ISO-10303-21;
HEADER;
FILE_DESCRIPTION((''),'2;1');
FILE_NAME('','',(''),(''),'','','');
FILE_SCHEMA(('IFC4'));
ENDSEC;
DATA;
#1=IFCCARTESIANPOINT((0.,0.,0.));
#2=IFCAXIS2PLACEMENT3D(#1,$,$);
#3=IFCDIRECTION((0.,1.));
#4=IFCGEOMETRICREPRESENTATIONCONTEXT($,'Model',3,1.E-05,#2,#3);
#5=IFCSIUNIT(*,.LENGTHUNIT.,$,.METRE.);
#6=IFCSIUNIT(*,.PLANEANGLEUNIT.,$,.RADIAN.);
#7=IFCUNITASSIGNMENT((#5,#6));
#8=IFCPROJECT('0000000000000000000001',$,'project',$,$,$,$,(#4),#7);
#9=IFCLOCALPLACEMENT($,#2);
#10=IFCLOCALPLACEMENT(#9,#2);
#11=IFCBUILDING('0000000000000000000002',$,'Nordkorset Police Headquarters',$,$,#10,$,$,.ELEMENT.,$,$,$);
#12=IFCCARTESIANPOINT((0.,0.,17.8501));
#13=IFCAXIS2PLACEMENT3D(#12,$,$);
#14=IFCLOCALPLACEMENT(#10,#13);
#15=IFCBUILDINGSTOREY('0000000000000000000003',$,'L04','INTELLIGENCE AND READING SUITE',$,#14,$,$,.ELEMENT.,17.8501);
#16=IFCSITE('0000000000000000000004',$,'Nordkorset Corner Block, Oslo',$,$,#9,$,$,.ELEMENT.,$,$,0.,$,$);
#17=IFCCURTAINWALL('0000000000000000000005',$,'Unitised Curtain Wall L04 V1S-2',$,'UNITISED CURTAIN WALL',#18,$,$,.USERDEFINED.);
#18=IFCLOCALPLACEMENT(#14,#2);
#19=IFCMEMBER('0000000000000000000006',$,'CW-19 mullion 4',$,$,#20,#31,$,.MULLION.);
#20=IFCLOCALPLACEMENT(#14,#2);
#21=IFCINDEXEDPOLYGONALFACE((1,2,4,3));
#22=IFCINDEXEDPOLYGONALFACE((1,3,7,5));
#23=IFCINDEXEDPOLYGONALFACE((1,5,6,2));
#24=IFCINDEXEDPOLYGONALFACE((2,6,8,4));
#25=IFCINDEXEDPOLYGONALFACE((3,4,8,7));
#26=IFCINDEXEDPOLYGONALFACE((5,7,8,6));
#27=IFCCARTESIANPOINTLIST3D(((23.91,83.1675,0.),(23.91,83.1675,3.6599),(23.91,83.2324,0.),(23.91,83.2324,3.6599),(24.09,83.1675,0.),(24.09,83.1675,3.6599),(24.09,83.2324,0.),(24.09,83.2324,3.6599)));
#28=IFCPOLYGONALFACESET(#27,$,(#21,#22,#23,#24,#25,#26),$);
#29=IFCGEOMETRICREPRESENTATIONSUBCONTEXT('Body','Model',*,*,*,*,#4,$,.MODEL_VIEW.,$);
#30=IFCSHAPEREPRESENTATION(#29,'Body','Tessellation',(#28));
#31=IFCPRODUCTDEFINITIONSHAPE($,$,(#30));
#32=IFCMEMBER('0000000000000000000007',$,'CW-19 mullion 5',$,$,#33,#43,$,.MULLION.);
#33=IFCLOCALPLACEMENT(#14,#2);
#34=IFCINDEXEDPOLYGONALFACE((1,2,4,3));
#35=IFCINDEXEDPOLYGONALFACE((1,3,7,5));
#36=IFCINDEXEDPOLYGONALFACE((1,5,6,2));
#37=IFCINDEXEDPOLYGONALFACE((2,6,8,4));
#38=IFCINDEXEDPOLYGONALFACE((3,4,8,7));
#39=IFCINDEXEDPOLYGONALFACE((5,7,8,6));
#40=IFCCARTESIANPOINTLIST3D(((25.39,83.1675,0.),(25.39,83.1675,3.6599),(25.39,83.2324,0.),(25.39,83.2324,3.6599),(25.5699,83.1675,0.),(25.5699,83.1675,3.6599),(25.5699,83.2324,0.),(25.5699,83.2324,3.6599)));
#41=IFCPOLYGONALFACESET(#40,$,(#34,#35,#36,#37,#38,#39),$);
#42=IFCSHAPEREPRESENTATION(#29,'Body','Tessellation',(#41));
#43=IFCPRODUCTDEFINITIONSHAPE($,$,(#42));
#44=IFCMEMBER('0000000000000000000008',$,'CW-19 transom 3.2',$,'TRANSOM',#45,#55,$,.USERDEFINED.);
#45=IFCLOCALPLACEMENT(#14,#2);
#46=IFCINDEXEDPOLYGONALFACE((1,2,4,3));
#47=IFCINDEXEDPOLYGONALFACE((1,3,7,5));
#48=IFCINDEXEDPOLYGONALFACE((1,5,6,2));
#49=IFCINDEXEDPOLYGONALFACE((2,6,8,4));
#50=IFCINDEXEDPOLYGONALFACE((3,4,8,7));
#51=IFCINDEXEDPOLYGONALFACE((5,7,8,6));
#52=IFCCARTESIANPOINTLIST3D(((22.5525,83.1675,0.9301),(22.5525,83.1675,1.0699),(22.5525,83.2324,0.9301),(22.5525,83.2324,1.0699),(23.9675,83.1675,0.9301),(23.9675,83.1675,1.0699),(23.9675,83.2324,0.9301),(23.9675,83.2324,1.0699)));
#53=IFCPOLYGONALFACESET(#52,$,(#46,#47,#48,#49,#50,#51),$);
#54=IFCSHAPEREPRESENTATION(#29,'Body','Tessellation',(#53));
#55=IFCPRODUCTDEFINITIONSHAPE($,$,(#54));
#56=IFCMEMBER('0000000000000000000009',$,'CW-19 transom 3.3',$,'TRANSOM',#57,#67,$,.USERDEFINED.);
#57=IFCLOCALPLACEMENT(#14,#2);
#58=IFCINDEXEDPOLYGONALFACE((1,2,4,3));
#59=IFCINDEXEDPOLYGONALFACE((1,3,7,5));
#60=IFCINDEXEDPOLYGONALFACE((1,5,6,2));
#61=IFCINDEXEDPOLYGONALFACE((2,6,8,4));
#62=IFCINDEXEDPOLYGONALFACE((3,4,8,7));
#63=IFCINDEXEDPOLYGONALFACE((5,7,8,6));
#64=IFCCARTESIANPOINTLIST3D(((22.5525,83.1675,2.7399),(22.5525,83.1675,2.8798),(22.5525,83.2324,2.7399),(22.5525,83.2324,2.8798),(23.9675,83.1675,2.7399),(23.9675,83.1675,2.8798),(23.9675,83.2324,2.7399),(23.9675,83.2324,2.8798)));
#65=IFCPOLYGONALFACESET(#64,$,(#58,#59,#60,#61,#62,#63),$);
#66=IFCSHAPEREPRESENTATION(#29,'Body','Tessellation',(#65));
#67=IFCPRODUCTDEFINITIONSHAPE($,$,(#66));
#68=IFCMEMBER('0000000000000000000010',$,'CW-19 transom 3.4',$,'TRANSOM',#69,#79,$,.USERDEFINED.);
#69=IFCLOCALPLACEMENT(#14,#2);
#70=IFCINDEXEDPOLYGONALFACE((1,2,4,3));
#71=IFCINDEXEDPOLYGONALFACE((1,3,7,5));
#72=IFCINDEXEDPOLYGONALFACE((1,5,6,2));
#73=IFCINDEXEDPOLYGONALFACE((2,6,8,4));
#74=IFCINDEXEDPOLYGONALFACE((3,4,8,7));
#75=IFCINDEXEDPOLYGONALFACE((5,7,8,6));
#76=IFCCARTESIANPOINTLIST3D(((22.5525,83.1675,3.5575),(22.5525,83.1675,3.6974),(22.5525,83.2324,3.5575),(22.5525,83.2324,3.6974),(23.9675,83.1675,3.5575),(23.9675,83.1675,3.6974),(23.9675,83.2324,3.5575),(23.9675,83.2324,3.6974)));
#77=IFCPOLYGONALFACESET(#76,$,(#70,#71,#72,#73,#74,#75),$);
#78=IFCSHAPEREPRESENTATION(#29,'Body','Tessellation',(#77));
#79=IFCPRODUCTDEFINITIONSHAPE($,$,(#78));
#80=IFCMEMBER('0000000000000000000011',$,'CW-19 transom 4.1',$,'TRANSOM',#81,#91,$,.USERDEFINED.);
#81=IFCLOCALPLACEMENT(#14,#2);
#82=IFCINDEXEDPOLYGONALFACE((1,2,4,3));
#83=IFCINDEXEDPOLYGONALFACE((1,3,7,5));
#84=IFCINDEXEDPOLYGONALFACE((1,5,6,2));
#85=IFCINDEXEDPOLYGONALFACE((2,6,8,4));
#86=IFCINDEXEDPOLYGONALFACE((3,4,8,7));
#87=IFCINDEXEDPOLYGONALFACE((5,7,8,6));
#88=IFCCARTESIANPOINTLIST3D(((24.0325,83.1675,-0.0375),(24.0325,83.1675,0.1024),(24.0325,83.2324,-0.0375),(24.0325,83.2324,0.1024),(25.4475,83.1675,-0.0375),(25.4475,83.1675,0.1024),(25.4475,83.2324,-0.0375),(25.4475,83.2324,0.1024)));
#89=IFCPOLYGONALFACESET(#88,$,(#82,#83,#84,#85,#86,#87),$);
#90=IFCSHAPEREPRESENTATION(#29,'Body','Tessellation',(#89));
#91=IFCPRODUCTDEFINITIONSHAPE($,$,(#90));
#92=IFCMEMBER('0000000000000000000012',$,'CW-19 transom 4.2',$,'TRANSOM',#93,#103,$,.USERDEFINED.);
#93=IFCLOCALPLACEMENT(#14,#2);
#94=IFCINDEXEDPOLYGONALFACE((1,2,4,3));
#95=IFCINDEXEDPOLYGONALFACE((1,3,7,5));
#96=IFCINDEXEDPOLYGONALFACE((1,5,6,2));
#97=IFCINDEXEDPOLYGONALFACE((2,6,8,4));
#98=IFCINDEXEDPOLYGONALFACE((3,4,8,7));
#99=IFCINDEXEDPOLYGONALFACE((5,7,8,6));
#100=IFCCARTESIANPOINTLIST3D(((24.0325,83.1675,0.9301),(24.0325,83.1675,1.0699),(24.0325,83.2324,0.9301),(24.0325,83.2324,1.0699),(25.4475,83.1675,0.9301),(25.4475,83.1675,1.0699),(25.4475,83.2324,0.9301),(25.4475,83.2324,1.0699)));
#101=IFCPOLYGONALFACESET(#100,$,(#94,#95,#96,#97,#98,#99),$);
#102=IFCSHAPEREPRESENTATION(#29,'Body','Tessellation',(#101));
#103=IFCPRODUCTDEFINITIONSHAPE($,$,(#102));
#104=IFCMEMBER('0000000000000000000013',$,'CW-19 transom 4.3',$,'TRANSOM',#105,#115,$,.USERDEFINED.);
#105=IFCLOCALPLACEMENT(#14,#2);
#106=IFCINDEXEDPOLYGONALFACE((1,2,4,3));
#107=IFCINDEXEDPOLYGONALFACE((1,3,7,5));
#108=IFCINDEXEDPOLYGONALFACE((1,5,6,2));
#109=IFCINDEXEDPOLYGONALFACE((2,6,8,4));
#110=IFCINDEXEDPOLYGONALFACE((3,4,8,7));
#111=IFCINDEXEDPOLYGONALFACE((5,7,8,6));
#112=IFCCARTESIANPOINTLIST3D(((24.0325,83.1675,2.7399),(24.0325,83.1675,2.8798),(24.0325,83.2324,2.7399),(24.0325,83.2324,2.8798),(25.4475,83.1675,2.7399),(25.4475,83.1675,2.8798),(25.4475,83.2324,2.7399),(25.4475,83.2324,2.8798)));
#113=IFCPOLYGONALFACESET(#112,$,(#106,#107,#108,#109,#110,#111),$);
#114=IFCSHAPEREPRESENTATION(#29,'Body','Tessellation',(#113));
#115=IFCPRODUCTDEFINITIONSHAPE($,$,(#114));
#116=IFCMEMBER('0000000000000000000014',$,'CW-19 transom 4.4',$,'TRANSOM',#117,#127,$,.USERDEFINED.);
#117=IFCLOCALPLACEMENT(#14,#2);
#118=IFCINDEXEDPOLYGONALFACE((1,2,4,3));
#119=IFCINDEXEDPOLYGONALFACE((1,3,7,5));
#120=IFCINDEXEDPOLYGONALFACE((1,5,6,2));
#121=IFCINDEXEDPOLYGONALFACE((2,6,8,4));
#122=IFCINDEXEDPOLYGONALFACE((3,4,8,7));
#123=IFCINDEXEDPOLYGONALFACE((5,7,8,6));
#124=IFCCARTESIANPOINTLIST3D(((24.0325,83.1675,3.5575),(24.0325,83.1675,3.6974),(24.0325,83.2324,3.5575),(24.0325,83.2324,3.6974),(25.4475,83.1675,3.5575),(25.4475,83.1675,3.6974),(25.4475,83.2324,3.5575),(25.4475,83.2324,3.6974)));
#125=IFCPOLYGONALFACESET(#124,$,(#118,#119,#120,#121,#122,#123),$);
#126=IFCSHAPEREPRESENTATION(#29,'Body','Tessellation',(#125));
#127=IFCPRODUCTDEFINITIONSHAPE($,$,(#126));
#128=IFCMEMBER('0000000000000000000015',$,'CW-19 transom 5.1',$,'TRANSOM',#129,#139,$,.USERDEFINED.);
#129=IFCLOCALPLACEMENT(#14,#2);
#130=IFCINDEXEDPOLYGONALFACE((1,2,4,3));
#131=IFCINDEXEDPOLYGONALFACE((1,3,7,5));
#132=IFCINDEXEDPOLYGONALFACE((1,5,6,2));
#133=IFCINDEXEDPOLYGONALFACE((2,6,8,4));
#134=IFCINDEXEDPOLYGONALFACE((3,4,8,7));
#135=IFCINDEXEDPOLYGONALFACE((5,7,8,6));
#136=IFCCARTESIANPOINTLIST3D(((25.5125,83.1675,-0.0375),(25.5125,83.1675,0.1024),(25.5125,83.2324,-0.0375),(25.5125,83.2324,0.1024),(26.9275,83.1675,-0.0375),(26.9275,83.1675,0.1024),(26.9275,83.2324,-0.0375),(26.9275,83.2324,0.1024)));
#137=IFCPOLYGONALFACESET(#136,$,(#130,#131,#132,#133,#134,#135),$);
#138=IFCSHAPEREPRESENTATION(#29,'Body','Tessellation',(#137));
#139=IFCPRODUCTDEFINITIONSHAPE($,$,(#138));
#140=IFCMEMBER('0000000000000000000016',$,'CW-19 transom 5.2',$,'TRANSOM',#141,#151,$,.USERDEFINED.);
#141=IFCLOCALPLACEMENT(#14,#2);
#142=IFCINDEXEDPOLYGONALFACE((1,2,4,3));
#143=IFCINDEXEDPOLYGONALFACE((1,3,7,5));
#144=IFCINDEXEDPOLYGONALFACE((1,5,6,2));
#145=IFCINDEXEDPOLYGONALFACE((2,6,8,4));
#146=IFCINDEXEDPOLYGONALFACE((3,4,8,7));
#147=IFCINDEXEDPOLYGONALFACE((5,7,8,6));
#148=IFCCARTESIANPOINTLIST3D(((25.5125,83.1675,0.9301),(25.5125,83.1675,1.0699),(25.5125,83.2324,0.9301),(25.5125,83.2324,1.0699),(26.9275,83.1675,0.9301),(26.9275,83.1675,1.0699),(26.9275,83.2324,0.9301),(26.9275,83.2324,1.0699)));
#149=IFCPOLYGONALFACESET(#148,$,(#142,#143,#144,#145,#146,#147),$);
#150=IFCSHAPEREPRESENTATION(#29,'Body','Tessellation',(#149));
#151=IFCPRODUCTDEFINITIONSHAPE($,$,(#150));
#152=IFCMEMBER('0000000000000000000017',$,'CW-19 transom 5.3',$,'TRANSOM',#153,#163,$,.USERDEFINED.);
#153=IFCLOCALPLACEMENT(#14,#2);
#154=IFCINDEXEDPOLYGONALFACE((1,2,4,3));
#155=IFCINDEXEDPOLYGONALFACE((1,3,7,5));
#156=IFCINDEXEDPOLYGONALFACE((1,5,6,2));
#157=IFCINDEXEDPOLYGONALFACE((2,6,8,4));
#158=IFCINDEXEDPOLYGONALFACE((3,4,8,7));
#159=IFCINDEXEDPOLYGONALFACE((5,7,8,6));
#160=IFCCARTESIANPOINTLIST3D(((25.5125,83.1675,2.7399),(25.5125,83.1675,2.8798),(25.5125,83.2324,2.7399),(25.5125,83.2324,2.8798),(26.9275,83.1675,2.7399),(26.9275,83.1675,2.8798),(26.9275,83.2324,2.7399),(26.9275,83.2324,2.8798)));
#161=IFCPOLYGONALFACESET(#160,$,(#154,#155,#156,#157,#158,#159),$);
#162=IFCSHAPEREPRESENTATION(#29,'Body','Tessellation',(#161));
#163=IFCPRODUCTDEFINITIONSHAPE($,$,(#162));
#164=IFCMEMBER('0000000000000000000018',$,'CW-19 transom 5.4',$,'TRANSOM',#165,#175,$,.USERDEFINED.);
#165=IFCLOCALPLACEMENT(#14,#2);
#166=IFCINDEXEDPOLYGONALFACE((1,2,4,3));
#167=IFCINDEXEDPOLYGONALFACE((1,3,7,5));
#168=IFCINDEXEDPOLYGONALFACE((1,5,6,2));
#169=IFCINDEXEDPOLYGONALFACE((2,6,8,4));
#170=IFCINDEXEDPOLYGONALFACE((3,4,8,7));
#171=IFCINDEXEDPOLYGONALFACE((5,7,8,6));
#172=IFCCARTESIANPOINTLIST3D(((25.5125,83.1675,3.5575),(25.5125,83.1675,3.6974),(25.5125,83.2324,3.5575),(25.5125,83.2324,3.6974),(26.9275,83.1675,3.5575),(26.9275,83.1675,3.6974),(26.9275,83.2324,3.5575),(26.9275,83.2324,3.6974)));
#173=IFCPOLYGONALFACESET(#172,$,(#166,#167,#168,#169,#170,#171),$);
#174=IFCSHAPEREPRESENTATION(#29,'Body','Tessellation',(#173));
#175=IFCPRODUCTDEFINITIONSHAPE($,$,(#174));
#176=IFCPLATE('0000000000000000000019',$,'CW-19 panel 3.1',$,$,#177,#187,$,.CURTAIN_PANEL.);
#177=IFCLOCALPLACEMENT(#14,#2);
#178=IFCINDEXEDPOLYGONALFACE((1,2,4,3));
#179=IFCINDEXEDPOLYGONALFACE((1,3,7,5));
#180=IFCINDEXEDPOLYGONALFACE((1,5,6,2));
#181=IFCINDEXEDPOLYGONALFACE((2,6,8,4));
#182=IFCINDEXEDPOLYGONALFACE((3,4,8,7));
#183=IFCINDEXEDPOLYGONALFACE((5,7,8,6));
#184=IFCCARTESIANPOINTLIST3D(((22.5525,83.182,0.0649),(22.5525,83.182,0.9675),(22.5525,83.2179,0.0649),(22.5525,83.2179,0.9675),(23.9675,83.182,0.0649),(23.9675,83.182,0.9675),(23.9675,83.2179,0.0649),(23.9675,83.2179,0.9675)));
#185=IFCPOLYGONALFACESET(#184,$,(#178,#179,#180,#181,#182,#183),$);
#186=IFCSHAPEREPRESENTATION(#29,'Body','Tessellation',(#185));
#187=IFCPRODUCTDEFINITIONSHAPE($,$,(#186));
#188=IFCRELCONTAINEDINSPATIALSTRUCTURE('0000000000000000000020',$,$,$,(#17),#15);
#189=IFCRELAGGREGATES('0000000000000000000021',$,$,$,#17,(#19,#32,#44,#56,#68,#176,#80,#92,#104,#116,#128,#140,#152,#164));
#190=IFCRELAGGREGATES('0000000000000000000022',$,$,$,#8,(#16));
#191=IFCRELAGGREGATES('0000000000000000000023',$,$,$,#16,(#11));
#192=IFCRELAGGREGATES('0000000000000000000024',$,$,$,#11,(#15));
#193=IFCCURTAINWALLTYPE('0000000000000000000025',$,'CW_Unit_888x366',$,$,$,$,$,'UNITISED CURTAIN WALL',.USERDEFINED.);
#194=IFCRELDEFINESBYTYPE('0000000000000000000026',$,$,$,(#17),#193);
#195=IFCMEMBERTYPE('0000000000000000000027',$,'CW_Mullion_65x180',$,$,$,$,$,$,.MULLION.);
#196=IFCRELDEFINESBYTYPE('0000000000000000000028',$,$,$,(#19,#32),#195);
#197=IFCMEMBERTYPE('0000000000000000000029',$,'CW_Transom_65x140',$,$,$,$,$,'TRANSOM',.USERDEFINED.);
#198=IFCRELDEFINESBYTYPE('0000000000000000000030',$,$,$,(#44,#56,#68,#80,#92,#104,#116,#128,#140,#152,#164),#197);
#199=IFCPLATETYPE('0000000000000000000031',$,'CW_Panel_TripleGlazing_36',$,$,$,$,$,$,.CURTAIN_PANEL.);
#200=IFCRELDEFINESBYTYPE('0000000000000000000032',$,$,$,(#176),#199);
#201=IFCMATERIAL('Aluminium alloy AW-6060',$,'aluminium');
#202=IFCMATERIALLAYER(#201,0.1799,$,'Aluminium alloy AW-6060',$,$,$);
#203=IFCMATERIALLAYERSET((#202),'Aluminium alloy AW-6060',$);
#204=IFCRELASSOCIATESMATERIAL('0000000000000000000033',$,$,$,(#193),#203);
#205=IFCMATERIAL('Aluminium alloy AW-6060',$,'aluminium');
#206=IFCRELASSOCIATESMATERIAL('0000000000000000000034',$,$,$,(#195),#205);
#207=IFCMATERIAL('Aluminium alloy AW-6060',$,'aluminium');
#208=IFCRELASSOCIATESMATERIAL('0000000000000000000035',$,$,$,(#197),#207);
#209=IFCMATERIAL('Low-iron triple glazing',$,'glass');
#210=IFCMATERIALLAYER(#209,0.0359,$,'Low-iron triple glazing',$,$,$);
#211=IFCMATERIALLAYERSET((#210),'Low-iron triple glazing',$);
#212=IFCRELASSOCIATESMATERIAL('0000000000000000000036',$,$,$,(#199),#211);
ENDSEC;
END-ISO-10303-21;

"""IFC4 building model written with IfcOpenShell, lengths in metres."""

from ifc_helpers import new_model, si_unit, direction, frame, origin, origin_2d, place, context, subcontext, project, spatial, rectangle, extrude, material, layer, layer_set, material_profile, profile_set, type_object, element, aggregate, save


model = new_model("IFC4")

# Units and contexts
model_context = context("Model", 3, precision=1e-05, world=origin(), true_north=direction((0.0, 1.0)))
body_context = subcontext(model_context, "Body", "Model", "MODEL_VIEW")
ifc_project = project(units=[si_unit("LENGTHUNIT", "METRE"), si_unit("PLANEANGLEUNIT", "RADIAN")], contexts=[model_context])

# Site, building, storey
site_placement = place(None, origin())
site = spatial("IfcSite", under=ifc_project, at=site_placement, Name="Nordkorset Corner Block, Oslo", CompositionType="ELEMENT", RefElevation=0.0)
building_placement = place(site_placement, origin())
building = spatial("IfcBuilding", under=site, at=building_placement, Name="Nordkorset Police Headquarters", CompositionType="ELEMENT")
storey_placement = place(building_placement, frame((0.0, 0.0, 17.8501)))
storey = spatial("IfcBuildingStorey", under=building, at=storey_placement, Name="L04", Description="INTELLIGENCE AND READING SUITE", CompositionType="ELEMENT", Elevation=17.8501)

# Curtain wall, members, plate
ifc_material_1 = material(Name="Aluminium alloy AW-6060", Category="aluminium")
ifc_layer_1 = layer(ifc_material_1, 0.1799, Name="Aluminium alloy AW-6060")
ifc_layer_set_1 = layer_set([ifc_layer_1], Name="Aluminium alloy AW-6060")
curtain_wall_type = type_object("IfcCurtainWallType", Name="CW_Unit_888x366", ElementType="UNITISED CURTAIN WALL", PredefinedType="USERDEFINED", material=ifc_layer_set_1)
curtain_wall_placement = place(storey_placement, origin())
curtain_wall = element("IfcCurtainWall", 1, at=curtain_wall_placement, inside=storey, type_object=curtain_wall_type, Name="Unitised Curtain Wall L04 V1S-2", ObjectType="UNITISED CURTAIN WALL", PredefinedType="USERDEFINED")
ifc_material_2 = material(Name="Aluminium alloy AW-6060", Category="aluminium")
ifc_material_profile_1 = material_profile(ifc_material_2, rectangle(XDim=0.0649, YDim=0.1799, at=origin_2d()), Name="ALU MULL 65x180")
ifc_profile_set_1 = profile_set([ifc_material_profile_1], Name="Aluminium alloy AW-6060")
member_type_1 = type_object("IfcMemberType", Name="CW_Mullion_65x180", PredefinedType="MULLION", material=ifc_profile_set_1)
member_1_placement = place(storey_placement, frame((24.0, 83.2, 0.0), z_axis=(0.0, 0.0, 1.0), x_axis=(0.0, 1.0, 0.0)))
member_1 = element("IfcMember", 2, at=member_1_placement, type_object=member_type_1, Name="CW-19 mullion 4", PredefinedType="MULLION", context=body_context, shape_type="SweptSolid", body=[
    extrude(rectangle(XDim=0.0649, YDim=0.1799, at=origin_2d()), origin(), (0.0, 0.0, 1.0), 3.6599),
])
member_2_placement = place(storey_placement, frame((25.48, 83.2, 0.0), z_axis=(0.0, 0.0, 1.0), x_axis=(0.0, 1.0, 0.0)))
member_2 = element("IfcMember", 3, at=member_2_placement, type_object=member_type_1, Name="CW-19 mullion 5", PredefinedType="MULLION", context=body_context, shape_type="SweptSolid", body=[
    extrude(rectangle(XDim=0.0649, YDim=0.1799, at=origin_2d()), origin(), (0.0, 0.0, 1.0), 3.6599),
])
ifc_material_3 = material(Name="Aluminium alloy AW-6060", Category="aluminium")
ifc_material_profile_2 = material_profile(ifc_material_3, rectangle(XDim=0.0649, YDim=0.1399, at=origin_2d()), Name="ALU TRAN 65x140")
ifc_profile_set_2 = profile_set([ifc_material_profile_2], Name="Aluminium alloy AW-6060")
member_type_2 = type_object("IfcMemberType", Name="CW_Transom_65x140", ElementType="TRANSOM", PredefinedType="USERDEFINED", material=ifc_profile_set_2)
member_3_placement = place(storey_placement, frame((22.5525, 83.2, 1.0), z_axis=(1.0, 0.0, 0.0), x_axis=(0.0, 1.0, 0.0)))
member_3 = element("IfcMember", 4, at=member_3_placement, type_object=member_type_2, Name="CW-19 transom 3.2", ObjectType="TRANSOM", PredefinedType="USERDEFINED", context=body_context, shape_type="SweptSolid", body=[
    extrude(rectangle(XDim=0.0649, YDim=0.1399, at=origin_2d()), origin(), (0.0, 0.0, 1.0), 1.415),
])
member_4_placement = place(storey_placement, frame((22.5525, 83.2, 2.8098), z_axis=(1.0, 0.0, 0.0), x_axis=(0.0, 1.0, 0.0)))
member_4 = element("IfcMember", 5, at=member_4_placement, type_object=member_type_2, Name="CW-19 transom 3.3", ObjectType="TRANSOM", PredefinedType="USERDEFINED", context=body_context, shape_type="SweptSolid", body=[
    extrude(rectangle(XDim=0.0649, YDim=0.1399, at=origin_2d()), origin(), (0.0, 0.0, 1.0), 1.415),
])
member_5_placement = place(storey_placement, frame((22.5525, 83.2, 3.6274), z_axis=(1.0, 0.0, 0.0), x_axis=(0.0, 1.0, 0.0)))
member_5 = element("IfcMember", 6, at=member_5_placement, type_object=member_type_2, Name="CW-19 transom 3.4", ObjectType="TRANSOM", PredefinedType="USERDEFINED", context=body_context, shape_type="SweptSolid", body=[
    extrude(rectangle(XDim=0.0649, YDim=0.1399, at=origin_2d()), origin(), (0.0, 0.0, 1.0), 1.415),
])
member_6_placement = place(storey_placement, frame((24.0325, 83.2, 0.0325), z_axis=(1.0, 0.0, 0.0), x_axis=(0.0, 1.0, 0.0)))
member_6 = element("IfcMember", 7, at=member_6_placement, type_object=member_type_2, Name="CW-19 transom 4.1", ObjectType="TRANSOM", PredefinedType="USERDEFINED", context=body_context, shape_type="SweptSolid", body=[
    extrude(rectangle(XDim=0.0649, YDim=0.1399, at=origin_2d()), origin(), (0.0, 0.0, 1.0), 1.415),
])
member_7_placement = place(storey_placement, frame((24.0325, 83.2, 1.0), z_axis=(1.0, 0.0, 0.0), x_axis=(0.0, 1.0, 0.0)))
member_7 = element("IfcMember", 8, at=member_7_placement, type_object=member_type_2, Name="CW-19 transom 4.2", ObjectType="TRANSOM", PredefinedType="USERDEFINED", context=body_context, shape_type="SweptSolid", body=[
    extrude(rectangle(XDim=0.0649, YDim=0.1399, at=origin_2d()), origin(), (0.0, 0.0, 1.0), 1.415),
])
member_8_placement = place(storey_placement, frame((24.0325, 83.2, 2.8098), z_axis=(1.0, 0.0, 0.0), x_axis=(0.0, 1.0, 0.0)))
member_8 = element("IfcMember", 9, at=member_8_placement, type_object=member_type_2, Name="CW-19 transom 4.3", ObjectType="TRANSOM", PredefinedType="USERDEFINED", context=body_context, shape_type="SweptSolid", body=[
    extrude(rectangle(XDim=0.0649, YDim=0.1399, at=origin_2d()), origin(), (0.0, 0.0, 1.0), 1.415),
])
member_9_placement = place(storey_placement, frame((24.0325, 83.2, 3.6274), z_axis=(1.0, 0.0, 0.0), x_axis=(0.0, 1.0, 0.0)))
member_9 = element("IfcMember", 10, at=member_9_placement, type_object=member_type_2, Name="CW-19 transom 4.4", ObjectType="TRANSOM", PredefinedType="USERDEFINED", context=body_context, shape_type="SweptSolid", body=[
    extrude(rectangle(XDim=0.0649, YDim=0.1399, at=origin_2d()), origin(), (0.0, 0.0, 1.0), 1.415),
])
member_10_placement = place(storey_placement, frame((25.5125, 83.2, 0.0325), z_axis=(1.0, 0.0, 0.0), x_axis=(0.0, 1.0, 0.0)))
member_10 = element("IfcMember", 11, at=member_10_placement, type_object=member_type_2, Name="CW-19 transom 5.1", ObjectType="TRANSOM", PredefinedType="USERDEFINED", context=body_context, shape_type="SweptSolid", body=[
    extrude(rectangle(XDim=0.0649, YDim=0.1399, at=origin_2d()), origin(), (0.0, 0.0, 1.0), 1.415),
])
member_11_placement = place(storey_placement, frame((25.5125, 83.2, 1.0), z_axis=(1.0, 0.0, 0.0), x_axis=(0.0, 1.0, 0.0)))
member_11 = element("IfcMember", 12, at=member_11_placement, type_object=member_type_2, Name="CW-19 transom 5.2", ObjectType="TRANSOM", PredefinedType="USERDEFINED", context=body_context, shape_type="SweptSolid", body=[
    extrude(rectangle(XDim=0.0649, YDim=0.1399, at=origin_2d()), origin(), (0.0, 0.0, 1.0), 1.415),
])
member_12_placement = place(storey_placement, frame((25.5125, 83.2, 2.8098), z_axis=(1.0, 0.0, 0.0), x_axis=(0.0, 1.0, 0.0)))
member_12 = element("IfcMember", 13, at=member_12_placement, type_object=member_type_2, Name="CW-19 transom 5.3", ObjectType="TRANSOM", PredefinedType="USERDEFINED", context=body_context, shape_type="SweptSolid", body=[
    extrude(rectangle(XDim=0.0649, YDim=0.1399, at=origin_2d()), origin(), (0.0, 0.0, 1.0), 1.415),
])
member_13_placement = place(storey_placement, frame((25.5125, 83.2, 3.6274), z_axis=(1.0, 0.0, 0.0), x_axis=(0.0, 1.0, 0.0)))
member_13 = element("IfcMember", 14, at=member_13_placement, type_object=member_type_2, Name="CW-19 transom 5.4", ObjectType="TRANSOM", PredefinedType="USERDEFINED", context=body_context, shape_type="SweptSolid", body=[
    extrude(rectangle(XDim=0.0649, YDim=0.1399, at=origin_2d()), origin(), (0.0, 0.0, 1.0), 1.415),
])
ifc_material_4 = material(Name="Low-iron triple glazing", Category="glass")
ifc_layer_2 = layer(ifc_material_4, 0.0359, Name="Low-iron triple glazing")
ifc_layer_set_2 = layer_set([ifc_layer_2], Name="Low-iron triple glazing")
plate_type = type_object("IfcPlateType", Name="CW_Panel_TripleGlazing_36", PredefinedType="CURTAIN_PANEL", material=ifc_layer_set_2)
plate_1_placement = place(storey_placement, frame((23.26, 83.2, 0.0649), z_axis=(0.0, 0.0, 1.0), x_axis=(1.0, 0.0, 0.0)))
plate_1 = element("IfcPlate", 15, at=plate_1_placement, type_object=plate_type, Name="CW-19 panel 3.1", PredefinedType="CURTAIN_PANEL", context=body_context, shape_type="SweptSolid", body=[
    extrude(rectangle(XDim=1.415, YDim=0.0359, at=origin_2d()), origin(), (0.0, 0.0, 1.0), 0.9026),
])
aggregate(curtain_wall, [member_1, member_2, member_3, member_4, member_5, plate_1, member_6, member_7, member_8, member_9, member_10, member_11, member_12, member_13])

save(model, "model.ifc")
